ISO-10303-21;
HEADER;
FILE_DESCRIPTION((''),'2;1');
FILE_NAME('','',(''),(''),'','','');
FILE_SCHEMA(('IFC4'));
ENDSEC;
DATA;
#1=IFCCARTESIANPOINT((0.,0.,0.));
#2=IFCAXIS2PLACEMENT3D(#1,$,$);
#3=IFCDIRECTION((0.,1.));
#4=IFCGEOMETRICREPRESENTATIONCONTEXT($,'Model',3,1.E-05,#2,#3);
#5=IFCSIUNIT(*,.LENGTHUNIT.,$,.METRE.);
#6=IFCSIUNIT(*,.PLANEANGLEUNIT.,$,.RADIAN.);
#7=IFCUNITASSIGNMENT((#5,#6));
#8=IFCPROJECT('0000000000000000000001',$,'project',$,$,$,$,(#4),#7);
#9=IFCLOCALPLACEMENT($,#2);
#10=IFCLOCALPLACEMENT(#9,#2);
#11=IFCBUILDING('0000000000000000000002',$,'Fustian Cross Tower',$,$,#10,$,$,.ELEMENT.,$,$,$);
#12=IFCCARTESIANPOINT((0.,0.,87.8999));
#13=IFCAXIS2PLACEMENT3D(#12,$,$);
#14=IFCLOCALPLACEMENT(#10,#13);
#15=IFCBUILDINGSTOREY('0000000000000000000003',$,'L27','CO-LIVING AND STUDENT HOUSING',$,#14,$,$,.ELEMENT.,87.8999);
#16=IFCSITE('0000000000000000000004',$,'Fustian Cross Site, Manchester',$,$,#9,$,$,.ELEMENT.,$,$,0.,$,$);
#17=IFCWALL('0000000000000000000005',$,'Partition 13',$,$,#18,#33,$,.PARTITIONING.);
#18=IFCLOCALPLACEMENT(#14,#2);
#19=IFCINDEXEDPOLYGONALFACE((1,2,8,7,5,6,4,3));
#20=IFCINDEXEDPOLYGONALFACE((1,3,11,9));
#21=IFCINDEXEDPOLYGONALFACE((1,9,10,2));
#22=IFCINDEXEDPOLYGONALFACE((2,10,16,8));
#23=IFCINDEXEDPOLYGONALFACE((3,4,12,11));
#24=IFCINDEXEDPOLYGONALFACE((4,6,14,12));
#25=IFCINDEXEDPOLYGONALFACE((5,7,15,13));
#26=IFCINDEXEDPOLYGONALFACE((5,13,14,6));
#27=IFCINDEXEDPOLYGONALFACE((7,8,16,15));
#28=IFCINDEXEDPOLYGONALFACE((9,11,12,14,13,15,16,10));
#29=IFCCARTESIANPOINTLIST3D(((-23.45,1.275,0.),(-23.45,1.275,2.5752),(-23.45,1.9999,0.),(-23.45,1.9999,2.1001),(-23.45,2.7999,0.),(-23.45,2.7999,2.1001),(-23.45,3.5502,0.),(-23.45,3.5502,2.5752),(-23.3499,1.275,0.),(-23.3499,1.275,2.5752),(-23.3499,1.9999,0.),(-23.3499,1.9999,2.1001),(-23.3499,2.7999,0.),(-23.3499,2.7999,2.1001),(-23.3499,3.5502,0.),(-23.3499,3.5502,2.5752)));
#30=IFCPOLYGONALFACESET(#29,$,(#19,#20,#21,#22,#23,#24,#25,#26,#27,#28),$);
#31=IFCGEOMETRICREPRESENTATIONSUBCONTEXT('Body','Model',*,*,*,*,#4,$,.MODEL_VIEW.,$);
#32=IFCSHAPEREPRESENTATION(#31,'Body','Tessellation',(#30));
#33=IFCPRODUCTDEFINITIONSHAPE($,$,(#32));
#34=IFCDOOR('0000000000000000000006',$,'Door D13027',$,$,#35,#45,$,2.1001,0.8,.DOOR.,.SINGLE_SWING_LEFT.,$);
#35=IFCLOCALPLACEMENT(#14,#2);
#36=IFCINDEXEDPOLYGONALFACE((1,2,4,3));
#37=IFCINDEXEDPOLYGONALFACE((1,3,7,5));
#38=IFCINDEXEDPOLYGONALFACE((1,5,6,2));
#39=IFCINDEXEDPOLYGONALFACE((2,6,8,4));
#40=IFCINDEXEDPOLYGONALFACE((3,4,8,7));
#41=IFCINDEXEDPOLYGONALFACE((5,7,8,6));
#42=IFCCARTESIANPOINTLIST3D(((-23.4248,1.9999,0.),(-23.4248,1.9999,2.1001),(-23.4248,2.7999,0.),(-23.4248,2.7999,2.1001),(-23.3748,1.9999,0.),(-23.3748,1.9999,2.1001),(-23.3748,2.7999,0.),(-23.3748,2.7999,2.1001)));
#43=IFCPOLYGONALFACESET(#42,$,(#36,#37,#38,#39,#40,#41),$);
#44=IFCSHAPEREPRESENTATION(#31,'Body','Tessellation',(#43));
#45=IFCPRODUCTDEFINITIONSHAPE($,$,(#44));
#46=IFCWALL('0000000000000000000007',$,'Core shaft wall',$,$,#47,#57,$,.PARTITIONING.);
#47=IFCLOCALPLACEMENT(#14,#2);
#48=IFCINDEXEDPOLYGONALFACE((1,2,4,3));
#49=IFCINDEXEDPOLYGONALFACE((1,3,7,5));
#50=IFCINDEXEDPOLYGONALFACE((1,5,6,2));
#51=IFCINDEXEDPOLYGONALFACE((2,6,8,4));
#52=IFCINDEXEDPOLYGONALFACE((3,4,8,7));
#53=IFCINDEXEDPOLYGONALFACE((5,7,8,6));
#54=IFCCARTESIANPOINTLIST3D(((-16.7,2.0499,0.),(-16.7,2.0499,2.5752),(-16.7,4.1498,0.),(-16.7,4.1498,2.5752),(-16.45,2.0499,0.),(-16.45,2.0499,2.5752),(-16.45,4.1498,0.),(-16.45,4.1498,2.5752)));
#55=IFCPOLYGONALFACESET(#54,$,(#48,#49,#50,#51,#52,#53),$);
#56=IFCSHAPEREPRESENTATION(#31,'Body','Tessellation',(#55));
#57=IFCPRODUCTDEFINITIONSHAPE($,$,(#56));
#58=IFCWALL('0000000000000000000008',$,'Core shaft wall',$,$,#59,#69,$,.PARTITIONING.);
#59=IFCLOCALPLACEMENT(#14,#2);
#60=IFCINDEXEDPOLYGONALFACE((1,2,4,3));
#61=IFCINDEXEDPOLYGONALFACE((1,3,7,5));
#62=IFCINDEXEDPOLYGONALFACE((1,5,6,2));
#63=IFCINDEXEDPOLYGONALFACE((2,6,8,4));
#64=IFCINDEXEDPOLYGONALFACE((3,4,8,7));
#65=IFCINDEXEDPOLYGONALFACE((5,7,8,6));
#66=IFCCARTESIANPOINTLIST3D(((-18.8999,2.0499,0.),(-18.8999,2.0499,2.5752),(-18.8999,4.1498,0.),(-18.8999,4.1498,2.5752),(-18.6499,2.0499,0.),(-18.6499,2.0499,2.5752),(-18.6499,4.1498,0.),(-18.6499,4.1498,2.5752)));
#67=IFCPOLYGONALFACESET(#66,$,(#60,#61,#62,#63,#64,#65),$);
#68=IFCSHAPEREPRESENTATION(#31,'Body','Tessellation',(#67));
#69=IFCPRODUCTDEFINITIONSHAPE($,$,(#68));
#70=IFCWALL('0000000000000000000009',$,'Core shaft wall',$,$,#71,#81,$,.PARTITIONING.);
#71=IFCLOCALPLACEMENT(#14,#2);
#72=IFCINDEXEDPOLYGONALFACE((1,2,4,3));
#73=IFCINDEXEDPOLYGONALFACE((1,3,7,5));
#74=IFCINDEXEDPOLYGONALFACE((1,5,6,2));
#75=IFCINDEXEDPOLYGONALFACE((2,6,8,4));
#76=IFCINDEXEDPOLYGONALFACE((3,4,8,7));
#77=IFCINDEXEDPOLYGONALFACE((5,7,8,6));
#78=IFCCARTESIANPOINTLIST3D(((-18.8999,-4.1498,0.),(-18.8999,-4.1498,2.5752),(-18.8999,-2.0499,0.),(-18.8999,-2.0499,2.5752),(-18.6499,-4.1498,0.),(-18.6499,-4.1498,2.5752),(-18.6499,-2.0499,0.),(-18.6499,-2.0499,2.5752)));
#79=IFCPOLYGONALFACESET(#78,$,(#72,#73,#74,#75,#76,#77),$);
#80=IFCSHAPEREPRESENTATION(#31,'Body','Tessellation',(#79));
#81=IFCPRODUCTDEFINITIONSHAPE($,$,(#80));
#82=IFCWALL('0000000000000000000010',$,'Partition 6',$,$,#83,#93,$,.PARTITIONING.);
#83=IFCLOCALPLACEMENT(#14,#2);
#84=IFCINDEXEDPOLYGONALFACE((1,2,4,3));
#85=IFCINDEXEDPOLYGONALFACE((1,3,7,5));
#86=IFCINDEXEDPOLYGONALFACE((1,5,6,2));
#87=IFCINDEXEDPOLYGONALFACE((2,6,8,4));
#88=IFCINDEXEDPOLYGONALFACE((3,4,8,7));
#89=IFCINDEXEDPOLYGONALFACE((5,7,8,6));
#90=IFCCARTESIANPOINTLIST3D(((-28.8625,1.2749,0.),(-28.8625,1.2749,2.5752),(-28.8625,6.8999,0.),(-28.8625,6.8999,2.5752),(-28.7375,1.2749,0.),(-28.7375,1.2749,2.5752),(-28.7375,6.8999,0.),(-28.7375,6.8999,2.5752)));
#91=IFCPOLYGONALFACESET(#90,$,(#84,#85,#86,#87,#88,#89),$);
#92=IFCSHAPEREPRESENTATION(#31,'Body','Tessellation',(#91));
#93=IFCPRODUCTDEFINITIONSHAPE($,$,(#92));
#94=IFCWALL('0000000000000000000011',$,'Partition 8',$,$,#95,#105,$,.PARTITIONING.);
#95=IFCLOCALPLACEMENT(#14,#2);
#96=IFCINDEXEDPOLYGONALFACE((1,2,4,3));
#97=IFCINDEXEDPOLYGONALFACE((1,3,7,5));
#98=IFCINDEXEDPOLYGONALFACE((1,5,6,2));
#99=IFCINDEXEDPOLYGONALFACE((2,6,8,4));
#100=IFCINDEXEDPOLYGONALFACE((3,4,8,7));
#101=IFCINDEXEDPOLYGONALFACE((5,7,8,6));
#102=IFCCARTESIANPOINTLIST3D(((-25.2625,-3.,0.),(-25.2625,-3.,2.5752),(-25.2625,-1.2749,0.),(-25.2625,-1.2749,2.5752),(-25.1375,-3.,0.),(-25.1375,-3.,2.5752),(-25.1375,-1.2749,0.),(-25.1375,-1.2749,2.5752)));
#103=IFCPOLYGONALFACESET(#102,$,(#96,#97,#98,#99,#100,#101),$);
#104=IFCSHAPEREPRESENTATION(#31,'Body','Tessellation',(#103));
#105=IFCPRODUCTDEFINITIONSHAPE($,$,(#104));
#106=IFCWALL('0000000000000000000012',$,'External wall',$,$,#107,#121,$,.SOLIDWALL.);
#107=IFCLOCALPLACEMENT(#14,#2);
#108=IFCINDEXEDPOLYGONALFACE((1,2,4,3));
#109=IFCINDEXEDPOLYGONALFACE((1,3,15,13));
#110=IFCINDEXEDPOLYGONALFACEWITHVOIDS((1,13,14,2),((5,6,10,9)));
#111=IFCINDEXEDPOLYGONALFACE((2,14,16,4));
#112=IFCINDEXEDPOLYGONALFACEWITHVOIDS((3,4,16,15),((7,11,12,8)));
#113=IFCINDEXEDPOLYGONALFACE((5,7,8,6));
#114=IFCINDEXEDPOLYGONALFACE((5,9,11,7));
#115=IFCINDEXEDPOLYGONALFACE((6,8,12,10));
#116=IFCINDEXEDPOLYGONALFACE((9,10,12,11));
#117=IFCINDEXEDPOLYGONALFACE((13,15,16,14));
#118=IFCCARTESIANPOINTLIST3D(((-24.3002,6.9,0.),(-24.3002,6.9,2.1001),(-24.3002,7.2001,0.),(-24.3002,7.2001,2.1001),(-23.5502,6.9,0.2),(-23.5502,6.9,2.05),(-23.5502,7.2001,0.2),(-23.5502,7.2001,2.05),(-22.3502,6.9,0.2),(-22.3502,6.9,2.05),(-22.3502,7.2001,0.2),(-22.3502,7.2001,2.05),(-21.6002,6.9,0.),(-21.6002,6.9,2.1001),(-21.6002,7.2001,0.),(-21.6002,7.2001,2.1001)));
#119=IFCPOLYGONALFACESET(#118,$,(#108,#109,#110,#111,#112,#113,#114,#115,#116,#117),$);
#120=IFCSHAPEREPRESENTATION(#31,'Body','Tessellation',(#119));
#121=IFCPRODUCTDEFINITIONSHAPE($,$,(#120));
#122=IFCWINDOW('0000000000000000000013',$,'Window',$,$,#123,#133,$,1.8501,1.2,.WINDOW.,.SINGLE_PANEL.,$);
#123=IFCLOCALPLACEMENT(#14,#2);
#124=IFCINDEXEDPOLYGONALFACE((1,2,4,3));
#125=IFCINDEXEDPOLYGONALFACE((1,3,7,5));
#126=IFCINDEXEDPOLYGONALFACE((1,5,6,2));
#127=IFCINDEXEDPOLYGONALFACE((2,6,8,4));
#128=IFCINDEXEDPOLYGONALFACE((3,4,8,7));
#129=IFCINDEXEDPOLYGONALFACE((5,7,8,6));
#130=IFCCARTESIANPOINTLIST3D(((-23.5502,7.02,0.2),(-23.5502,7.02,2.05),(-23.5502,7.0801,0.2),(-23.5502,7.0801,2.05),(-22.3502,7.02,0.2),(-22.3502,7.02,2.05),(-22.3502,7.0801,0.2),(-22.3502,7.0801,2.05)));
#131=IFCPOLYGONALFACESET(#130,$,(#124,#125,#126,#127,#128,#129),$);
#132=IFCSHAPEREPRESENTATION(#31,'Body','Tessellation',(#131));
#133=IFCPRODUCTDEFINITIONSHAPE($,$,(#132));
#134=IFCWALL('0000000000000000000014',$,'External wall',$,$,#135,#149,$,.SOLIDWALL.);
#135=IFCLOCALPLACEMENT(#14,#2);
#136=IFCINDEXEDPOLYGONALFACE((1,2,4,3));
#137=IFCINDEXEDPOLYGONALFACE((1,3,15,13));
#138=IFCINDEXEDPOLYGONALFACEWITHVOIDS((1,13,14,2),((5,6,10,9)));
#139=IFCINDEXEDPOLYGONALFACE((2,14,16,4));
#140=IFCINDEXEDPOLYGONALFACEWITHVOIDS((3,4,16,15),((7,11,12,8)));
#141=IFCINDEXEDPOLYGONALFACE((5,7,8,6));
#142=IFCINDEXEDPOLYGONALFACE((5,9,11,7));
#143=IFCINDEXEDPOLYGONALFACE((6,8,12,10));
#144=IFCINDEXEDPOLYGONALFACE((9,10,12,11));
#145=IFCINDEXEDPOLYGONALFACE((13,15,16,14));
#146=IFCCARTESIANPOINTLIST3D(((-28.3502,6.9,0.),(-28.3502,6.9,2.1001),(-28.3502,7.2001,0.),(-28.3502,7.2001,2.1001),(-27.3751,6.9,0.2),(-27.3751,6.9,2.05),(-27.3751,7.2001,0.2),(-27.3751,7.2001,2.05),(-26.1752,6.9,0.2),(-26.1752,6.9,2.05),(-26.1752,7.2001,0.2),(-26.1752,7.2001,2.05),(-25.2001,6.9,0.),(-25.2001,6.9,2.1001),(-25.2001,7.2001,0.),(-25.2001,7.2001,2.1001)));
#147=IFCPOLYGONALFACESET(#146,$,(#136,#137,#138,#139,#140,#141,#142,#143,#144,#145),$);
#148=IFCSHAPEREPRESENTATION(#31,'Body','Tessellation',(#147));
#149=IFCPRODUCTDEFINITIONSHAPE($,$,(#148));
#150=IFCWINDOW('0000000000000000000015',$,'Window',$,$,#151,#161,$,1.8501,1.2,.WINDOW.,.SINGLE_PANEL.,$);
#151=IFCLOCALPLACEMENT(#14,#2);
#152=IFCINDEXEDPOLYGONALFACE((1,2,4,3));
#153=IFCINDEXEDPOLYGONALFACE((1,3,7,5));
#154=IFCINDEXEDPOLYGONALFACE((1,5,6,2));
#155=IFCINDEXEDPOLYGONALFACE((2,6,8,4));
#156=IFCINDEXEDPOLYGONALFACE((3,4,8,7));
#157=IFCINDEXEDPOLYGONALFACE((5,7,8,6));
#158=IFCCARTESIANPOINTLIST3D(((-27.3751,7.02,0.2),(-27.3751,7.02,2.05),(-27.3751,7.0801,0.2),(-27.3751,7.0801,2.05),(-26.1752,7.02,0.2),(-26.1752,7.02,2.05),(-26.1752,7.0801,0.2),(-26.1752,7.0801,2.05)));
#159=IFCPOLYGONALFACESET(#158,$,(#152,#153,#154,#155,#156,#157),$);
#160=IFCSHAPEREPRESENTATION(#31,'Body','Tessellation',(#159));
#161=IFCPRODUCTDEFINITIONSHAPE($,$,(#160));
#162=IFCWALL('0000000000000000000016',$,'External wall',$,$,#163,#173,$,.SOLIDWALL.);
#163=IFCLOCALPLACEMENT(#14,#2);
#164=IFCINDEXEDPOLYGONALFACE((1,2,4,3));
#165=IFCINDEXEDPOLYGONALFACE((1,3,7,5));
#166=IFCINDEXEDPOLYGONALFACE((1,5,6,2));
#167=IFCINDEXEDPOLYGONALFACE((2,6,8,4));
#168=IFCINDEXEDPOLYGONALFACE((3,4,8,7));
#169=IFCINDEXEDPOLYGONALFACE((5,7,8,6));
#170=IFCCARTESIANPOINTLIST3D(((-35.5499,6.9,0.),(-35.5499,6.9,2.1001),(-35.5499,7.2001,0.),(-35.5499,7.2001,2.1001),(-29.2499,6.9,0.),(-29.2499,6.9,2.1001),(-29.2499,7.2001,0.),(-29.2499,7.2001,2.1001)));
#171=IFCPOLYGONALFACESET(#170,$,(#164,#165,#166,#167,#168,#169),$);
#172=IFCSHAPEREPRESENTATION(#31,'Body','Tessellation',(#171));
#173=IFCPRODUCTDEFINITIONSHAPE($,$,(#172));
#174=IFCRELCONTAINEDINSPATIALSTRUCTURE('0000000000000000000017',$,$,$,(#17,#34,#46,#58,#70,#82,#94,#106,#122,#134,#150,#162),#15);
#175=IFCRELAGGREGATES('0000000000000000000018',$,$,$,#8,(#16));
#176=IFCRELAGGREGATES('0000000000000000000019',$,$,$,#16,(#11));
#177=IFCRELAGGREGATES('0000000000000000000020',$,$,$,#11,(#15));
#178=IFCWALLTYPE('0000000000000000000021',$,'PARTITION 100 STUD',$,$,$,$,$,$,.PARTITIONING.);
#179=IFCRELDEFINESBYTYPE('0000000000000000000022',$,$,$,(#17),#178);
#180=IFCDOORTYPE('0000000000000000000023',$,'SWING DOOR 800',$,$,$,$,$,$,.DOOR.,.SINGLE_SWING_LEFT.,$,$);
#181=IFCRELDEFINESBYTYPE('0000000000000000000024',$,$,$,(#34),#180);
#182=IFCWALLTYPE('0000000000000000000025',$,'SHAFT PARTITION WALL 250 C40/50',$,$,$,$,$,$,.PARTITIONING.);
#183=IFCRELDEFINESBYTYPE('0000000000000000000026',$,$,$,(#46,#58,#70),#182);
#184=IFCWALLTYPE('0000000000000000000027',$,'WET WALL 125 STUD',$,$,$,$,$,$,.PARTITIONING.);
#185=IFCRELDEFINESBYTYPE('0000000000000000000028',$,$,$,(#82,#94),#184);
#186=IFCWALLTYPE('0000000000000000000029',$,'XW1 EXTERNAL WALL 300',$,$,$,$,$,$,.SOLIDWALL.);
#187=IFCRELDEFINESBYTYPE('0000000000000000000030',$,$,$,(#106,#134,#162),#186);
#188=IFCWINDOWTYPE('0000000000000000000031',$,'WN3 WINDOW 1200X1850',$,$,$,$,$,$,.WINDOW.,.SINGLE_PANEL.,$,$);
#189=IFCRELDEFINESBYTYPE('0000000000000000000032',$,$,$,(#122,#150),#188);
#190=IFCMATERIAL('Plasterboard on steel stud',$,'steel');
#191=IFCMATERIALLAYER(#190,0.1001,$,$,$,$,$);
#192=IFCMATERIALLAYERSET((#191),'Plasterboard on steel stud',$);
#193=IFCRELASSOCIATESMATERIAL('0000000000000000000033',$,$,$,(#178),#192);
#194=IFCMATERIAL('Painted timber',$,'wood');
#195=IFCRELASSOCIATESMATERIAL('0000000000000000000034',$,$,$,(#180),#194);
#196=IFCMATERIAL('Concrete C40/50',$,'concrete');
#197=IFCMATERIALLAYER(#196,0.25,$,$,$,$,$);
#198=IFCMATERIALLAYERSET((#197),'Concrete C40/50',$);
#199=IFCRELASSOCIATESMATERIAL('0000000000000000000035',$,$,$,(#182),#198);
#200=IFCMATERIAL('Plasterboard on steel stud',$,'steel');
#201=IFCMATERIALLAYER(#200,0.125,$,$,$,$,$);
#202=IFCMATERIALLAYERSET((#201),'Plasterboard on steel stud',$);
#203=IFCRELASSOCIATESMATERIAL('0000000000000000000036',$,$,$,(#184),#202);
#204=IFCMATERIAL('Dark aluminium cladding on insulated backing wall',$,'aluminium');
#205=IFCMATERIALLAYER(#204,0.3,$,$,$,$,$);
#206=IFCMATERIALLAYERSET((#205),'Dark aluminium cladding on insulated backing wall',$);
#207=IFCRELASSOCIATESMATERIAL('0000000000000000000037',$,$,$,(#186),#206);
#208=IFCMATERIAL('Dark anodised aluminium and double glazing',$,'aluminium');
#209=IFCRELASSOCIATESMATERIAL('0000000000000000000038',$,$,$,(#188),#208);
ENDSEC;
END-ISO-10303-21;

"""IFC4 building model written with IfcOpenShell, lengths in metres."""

from ifc_helpers import new_model, si_unit, direction, frame, frame_2d, origin, place, context, subcontext, project, spatial, rectangle, extrude, material, layer, layer_set, type_object, element, fill, save


model = new_model("IFC4")

# Units and contexts
model_context = context("Model", 3, precision=1e-05, world=origin(), true_north=direction((0.0, 1.0)))
body_context = subcontext(model_context, "Body", "Model", "MODEL_VIEW")
ifc_project = project(units=[si_unit("LENGTHUNIT", "METRE"), si_unit("PLANEANGLEUNIT", "RADIAN")], contexts=[model_context])

# Site, building, storey
site_placement = place(None, origin())
site = spatial("IfcSite", under=ifc_project, at=site_placement, Name="Fustian Cross Site, Manchester", CompositionType="ELEMENT", RefElevation=0.0)
building_placement = place(site_placement, origin())
building = spatial("IfcBuilding", under=site, at=building_placement, Name="Fustian Cross Tower", CompositionType="ELEMENT")
storey_placement = place(building_placement, frame((0.0, 0.0, 87.8999)))
storey = spatial("IfcBuildingStorey", under=building, at=storey_placement, Name="L27", Description="CO-LIVING AND STUDENT HOUSING", CompositionType="ELEMENT", Elevation=87.8999)

# Shared definitions
ifc_material_1 = material(Name="Plasterboard on steel stud", Category="steel")
ifc_layer_1 = layer(ifc_material_1, 0.1001)
ifc_layer_set_1 = layer_set([ifc_layer_1], Name="Plasterboard on steel stud")
wall_type_1 = type_object("IfcWallType", Name="PARTITION 100 STUD", PredefinedType="PARTITIONING", material=ifc_layer_set_1)
ifc_material_2 = material(Name="Painted timber", Category="wood")
door_type_1 = type_object("IfcDoorType", Name="SWING DOOR 800", OperationType="SINGLE_SWING_LEFT", PredefinedType="DOOR", material=ifc_material_2)

# Wall, opening, door
wall_1_placement = place(storey_placement, frame((-23.3999, 1.2749, 0.0), z_axis=(0.0, 0.0, 1.0), x_axis=(0.0, 1.0, 0.0)))
wall_1 = element("IfcWall", 1, at=wall_1_placement, inside=storey, type_object=wall_type_1, Name="Partition 13", PredefinedType="PARTITIONING", context=body_context, shape_type="SweptSolid", body=[
    extrude(rectangle(XDim=2.2751, YDim=0.1001, at=frame_2d((1.1377, 0.0))), origin(), (0.0, 0.0, 1.0), 2.5752),
])
opening_1_placement = place(wall_1_placement, frame((0.7251, 0.0, 0.0)))
opening_1 = element("IfcOpeningElement", 2, at=opening_1_placement, cuts=wall_1, PredefinedType="OPENING", context=body_context, shape_type="SweptSolid", body=[
    extrude(rectangle(XDim=0.8, YDim=2.1001, at=frame_2d((0.3999, 1.05))), frame((0.0, 0.0601, 0.0), z_axis=(0.0, -1.0, 0.0), x_axis=(1.0, 0.0, 0.0)), (0.0, 0.0, 1.0), 0.1201),
])
door_1_placement = place(opening_1_placement, origin())
door_1 = element("IfcDoor", 3, at=door_1_placement, inside=storey, type_object=door_type_1, Name="Door D13027", OperationType="SINGLE_SWING_LEFT", OverallHeight=2.1001, OverallWidth=0.8, PredefinedType="DOOR", context=body_context, shape_type="SweptSolid", body=[
    extrude(rectangle(XDim=0.8, YDim=2.1001, at=frame_2d((0.3999, 1.05))), frame((0.0, 0.0249, 0.0), z_axis=(0.0, -1.0, 0.0), x_axis=(1.0, 0.0, 0.0)), (0.0, 0.0, 1.0), 0.05),
])
fill(opening_1, door_1)

# Walls
ifc_material_3 = material(Name="Concrete C40/50", Category="concrete")
ifc_layer_2 = layer(ifc_material_3, 0.25)
ifc_layer_set_2 = layer_set([ifc_layer_2], Name="Concrete C40/50")
wall_type_2 = type_object("IfcWallType", Name="SHAFT PARTITION WALL 250 C40/50", PredefinedType="PARTITIONING", material=ifc_layer_set_2)
for number, where, z_axis, x_axis, name in (
    (4, (-16.575, 2.05, 0.0), (0.0, 0.0, 1.0), (0.0, 1.0, 0.0), "Core shaft wall"),
    (5, (-18.7749, 2.05, 0.0), (0.0, 0.0, 1.0), (0.0, 1.0, 0.0), "Core shaft wall"),
    (6, (-18.7749, -2.05, 0.0), (0.0, 0.0, 1.0), (0.0, -1.0, 0.0), "Core shaft wall"),
):
    element("IfcWall", number, at=place(storey_placement, frame(where, z_axis=z_axis, x_axis=x_axis)), inside=storey, type_object=wall_type_2, Name=name, PredefinedType="PARTITIONING", context=body_context, shape_type="SweptSolid", body=[
        extrude(rectangle(XDim=2.0999, YDim=0.25, at=frame_2d((1.0498, 0.0))), origin(), (0.0, 0.0, 1.0), 2.5752),
    ])
ifc_material_4 = material(Name="Plasterboard on steel stud", Category="steel")
ifc_layer_3 = layer(ifc_material_4, 0.125)
ifc_layer_set_3 = layer_set([ifc_layer_3], Name="Plasterboard on steel stud")
wall_type_3 = type_object("IfcWallType", Name="WET WALL 125 STUD", PredefinedType="PARTITIONING", material=ifc_layer_set_3)
wall_2_placement = place(storey_placement, frame((-28.8, 1.2749, 0.0), z_axis=(0.0, 0.0, 1.0), x_axis=(0.0, 1.0, 0.0)))
element("IfcWall", 7, at=wall_2_placement, inside=storey, type_object=wall_type_3, Name="Partition 6", PredefinedType="PARTITIONING", context=body_context, shape_type="SweptSolid", body=[
    extrude(rectangle(XDim=5.625, YDim=0.125, at=frame_2d((2.8125, 0.0))), origin(), (0.0, 0.0, 1.0), 2.5752),
])
wall_3_placement = place(storey_placement, frame((-25.2, -3.0, 0.0), z_axis=(0.0, 0.0, 1.0), x_axis=(0.0, 1.0, 0.0)))
element("IfcWall", 8, at=wall_3_placement, inside=storey, type_object=wall_type_3, Name="Partition 8", PredefinedType="PARTITIONING", context=body_context, shape_type="SweptSolid", body=[
    extrude(rectangle(XDim=1.7251, YDim=0.125, at=frame_2d((0.8625, 0.0))), origin(), (0.0, 0.0, 1.0), 2.5752),
])

# Walls, openings, windows
ifc_material_5 = material(Name="Dark aluminium cladding on insulated backing wall", Category="aluminium")
ifc_layer_4 = layer(ifc_material_5, 0.3)
ifc_layer_set_4 = layer_set([ifc_layer_4], Name="Dark aluminium cladding on insulated backing wall")
wall_type_4 = type_object("IfcWallType", Name="XW1 EXTERNAL WALL 300", PredefinedType="SOLIDWALL", material=ifc_layer_set_4)
wall_4_placement = place(storey_placement, frame((-21.6001, 7.05, 0.0), z_axis=(0.0, 0.0, 1.0), x_axis=(-1.0, 0.0, 0.0)))
wall_4 = element("IfcWall", 9, at=wall_4_placement, inside=storey, type_object=wall_type_4, Name="External wall", PredefinedType="SOLIDWALL", context=body_context, shape_type="SweptSolid", body=[
    extrude(rectangle(XDim=2.7, YDim=0.3, at=frame_2d((1.3501, 0.0))), origin(), (0.0, 0.0, 1.0), 2.1001),
])
opening_2_placement = place(wall_4_placement, frame((0.75, 0.0, 0.2)))
opening_2 = element("IfcOpeningElement", 10, at=opening_2_placement, cuts=wall_4, PredefinedType="OPENING", context=body_context, shape_type="SweptSolid", body=[
    extrude(rectangle(XDim=1.2, YDim=1.8501, at=frame_2d((0.6001, 0.925))), frame((0.0, 0.1599, 0.0), z_axis=(0.0, -1.0, 0.0), x_axis=(1.0, 0.0, 0.0)), (0.0, 0.0, 1.0), 0.3201),
])
ifc_material_6 = material(Name="Dark anodised aluminium and double glazing", Category="aluminium")
window_type = type_object("IfcWindowType", Name="WN3 WINDOW 1200X1850", PartitioningType="SINGLE_PANEL", PredefinedType="WINDOW", material=ifc_material_6)
window_1_placement = place(opening_2_placement, origin())
window_1 = element("IfcWindow", 11, at=window_1_placement, inside=storey, type_object=window_type, Name="Window", OverallHeight=1.8501, OverallWidth=1.2, PartitioningType="SINGLE_PANEL", PredefinedType="WINDOW", context=body_context, shape_type="SweptSolid", body=[
    extrude(rectangle(XDim=1.2, YDim=1.8501, at=frame_2d((0.6001, 0.925))), frame((0.0, 0.03, 0.0), z_axis=(0.0, -1.0, 0.0), x_axis=(1.0, 0.0, 0.0)), (0.0, 0.0, 1.0), 0.0601),
])
fill(opening_2, window_1)
wall_5_placement = place(storey_placement, frame((-25.2, 7.05, 0.0), z_axis=(0.0, 0.0, 1.0), x_axis=(-1.0, 0.0, 0.0)))
wall_5 = element("IfcWall", 12, at=wall_5_placement, inside=storey, type_object=wall_type_4, Name="External wall", PredefinedType="SOLIDWALL", context=body_context, shape_type="SweptSolid", body=[
    extrude(rectangle(XDim=3.1501, YDim=0.3, at=frame_2d((1.5752, 0.0))), origin(), (0.0, 0.0, 1.0), 2.1001),
])
opening_3_placement = place(wall_5_placement, frame((0.9751, 0.0, 0.2)))
opening_3 = element("IfcOpeningElement", 13, at=opening_3_placement, cuts=wall_5, PredefinedType="OPENING", context=body_context, shape_type="SweptSolid", body=[
    extrude(rectangle(XDim=1.2, YDim=1.8501, at=frame_2d((0.6001, 0.925))), frame((0.0, 0.1599, 0.0), z_axis=(0.0, -1.0, 0.0), x_axis=(1.0, 0.0, 0.0)), (0.0, 0.0, 1.0), 0.3201),
])
window_2_placement = place(opening_3_placement, origin())
window_2 = element("IfcWindow", 14, at=window_2_placement, inside=storey, type_object=window_type, Name="Window", OverallHeight=1.8501, OverallWidth=1.2, PartitioningType="SINGLE_PANEL", PredefinedType="WINDOW", context=body_context, shape_type="SweptSolid", body=[
    extrude(rectangle(XDim=1.2, YDim=1.8501, at=frame_2d((0.6001, 0.925))), frame((0.0, 0.03, 0.0), z_axis=(0.0, -1.0, 0.0), x_axis=(1.0, 0.0, 0.0)), (0.0, 0.0, 1.0), 0.0601),
])
fill(opening_3, window_2)

# Wall
wall_6_placement = place(storey_placement, frame((-29.25, 7.05, 0.0), z_axis=(0.0, 0.0, 1.0), x_axis=(-1.0, 0.0, 0.0)))
element("IfcWall", 15, at=wall_6_placement, inside=storey, type_object=wall_type_4, Name="External wall", PredefinedType="SOLIDWALL", context=body_context, shape_type="SweptSolid", body=[
    extrude(rectangle(XDim=6.3, YDim=0.3, at=frame_2d((3.1499, 0.0))), origin(), (0.0, 0.0, 1.0), 2.1001),
])

save(model, "model.ifc")
